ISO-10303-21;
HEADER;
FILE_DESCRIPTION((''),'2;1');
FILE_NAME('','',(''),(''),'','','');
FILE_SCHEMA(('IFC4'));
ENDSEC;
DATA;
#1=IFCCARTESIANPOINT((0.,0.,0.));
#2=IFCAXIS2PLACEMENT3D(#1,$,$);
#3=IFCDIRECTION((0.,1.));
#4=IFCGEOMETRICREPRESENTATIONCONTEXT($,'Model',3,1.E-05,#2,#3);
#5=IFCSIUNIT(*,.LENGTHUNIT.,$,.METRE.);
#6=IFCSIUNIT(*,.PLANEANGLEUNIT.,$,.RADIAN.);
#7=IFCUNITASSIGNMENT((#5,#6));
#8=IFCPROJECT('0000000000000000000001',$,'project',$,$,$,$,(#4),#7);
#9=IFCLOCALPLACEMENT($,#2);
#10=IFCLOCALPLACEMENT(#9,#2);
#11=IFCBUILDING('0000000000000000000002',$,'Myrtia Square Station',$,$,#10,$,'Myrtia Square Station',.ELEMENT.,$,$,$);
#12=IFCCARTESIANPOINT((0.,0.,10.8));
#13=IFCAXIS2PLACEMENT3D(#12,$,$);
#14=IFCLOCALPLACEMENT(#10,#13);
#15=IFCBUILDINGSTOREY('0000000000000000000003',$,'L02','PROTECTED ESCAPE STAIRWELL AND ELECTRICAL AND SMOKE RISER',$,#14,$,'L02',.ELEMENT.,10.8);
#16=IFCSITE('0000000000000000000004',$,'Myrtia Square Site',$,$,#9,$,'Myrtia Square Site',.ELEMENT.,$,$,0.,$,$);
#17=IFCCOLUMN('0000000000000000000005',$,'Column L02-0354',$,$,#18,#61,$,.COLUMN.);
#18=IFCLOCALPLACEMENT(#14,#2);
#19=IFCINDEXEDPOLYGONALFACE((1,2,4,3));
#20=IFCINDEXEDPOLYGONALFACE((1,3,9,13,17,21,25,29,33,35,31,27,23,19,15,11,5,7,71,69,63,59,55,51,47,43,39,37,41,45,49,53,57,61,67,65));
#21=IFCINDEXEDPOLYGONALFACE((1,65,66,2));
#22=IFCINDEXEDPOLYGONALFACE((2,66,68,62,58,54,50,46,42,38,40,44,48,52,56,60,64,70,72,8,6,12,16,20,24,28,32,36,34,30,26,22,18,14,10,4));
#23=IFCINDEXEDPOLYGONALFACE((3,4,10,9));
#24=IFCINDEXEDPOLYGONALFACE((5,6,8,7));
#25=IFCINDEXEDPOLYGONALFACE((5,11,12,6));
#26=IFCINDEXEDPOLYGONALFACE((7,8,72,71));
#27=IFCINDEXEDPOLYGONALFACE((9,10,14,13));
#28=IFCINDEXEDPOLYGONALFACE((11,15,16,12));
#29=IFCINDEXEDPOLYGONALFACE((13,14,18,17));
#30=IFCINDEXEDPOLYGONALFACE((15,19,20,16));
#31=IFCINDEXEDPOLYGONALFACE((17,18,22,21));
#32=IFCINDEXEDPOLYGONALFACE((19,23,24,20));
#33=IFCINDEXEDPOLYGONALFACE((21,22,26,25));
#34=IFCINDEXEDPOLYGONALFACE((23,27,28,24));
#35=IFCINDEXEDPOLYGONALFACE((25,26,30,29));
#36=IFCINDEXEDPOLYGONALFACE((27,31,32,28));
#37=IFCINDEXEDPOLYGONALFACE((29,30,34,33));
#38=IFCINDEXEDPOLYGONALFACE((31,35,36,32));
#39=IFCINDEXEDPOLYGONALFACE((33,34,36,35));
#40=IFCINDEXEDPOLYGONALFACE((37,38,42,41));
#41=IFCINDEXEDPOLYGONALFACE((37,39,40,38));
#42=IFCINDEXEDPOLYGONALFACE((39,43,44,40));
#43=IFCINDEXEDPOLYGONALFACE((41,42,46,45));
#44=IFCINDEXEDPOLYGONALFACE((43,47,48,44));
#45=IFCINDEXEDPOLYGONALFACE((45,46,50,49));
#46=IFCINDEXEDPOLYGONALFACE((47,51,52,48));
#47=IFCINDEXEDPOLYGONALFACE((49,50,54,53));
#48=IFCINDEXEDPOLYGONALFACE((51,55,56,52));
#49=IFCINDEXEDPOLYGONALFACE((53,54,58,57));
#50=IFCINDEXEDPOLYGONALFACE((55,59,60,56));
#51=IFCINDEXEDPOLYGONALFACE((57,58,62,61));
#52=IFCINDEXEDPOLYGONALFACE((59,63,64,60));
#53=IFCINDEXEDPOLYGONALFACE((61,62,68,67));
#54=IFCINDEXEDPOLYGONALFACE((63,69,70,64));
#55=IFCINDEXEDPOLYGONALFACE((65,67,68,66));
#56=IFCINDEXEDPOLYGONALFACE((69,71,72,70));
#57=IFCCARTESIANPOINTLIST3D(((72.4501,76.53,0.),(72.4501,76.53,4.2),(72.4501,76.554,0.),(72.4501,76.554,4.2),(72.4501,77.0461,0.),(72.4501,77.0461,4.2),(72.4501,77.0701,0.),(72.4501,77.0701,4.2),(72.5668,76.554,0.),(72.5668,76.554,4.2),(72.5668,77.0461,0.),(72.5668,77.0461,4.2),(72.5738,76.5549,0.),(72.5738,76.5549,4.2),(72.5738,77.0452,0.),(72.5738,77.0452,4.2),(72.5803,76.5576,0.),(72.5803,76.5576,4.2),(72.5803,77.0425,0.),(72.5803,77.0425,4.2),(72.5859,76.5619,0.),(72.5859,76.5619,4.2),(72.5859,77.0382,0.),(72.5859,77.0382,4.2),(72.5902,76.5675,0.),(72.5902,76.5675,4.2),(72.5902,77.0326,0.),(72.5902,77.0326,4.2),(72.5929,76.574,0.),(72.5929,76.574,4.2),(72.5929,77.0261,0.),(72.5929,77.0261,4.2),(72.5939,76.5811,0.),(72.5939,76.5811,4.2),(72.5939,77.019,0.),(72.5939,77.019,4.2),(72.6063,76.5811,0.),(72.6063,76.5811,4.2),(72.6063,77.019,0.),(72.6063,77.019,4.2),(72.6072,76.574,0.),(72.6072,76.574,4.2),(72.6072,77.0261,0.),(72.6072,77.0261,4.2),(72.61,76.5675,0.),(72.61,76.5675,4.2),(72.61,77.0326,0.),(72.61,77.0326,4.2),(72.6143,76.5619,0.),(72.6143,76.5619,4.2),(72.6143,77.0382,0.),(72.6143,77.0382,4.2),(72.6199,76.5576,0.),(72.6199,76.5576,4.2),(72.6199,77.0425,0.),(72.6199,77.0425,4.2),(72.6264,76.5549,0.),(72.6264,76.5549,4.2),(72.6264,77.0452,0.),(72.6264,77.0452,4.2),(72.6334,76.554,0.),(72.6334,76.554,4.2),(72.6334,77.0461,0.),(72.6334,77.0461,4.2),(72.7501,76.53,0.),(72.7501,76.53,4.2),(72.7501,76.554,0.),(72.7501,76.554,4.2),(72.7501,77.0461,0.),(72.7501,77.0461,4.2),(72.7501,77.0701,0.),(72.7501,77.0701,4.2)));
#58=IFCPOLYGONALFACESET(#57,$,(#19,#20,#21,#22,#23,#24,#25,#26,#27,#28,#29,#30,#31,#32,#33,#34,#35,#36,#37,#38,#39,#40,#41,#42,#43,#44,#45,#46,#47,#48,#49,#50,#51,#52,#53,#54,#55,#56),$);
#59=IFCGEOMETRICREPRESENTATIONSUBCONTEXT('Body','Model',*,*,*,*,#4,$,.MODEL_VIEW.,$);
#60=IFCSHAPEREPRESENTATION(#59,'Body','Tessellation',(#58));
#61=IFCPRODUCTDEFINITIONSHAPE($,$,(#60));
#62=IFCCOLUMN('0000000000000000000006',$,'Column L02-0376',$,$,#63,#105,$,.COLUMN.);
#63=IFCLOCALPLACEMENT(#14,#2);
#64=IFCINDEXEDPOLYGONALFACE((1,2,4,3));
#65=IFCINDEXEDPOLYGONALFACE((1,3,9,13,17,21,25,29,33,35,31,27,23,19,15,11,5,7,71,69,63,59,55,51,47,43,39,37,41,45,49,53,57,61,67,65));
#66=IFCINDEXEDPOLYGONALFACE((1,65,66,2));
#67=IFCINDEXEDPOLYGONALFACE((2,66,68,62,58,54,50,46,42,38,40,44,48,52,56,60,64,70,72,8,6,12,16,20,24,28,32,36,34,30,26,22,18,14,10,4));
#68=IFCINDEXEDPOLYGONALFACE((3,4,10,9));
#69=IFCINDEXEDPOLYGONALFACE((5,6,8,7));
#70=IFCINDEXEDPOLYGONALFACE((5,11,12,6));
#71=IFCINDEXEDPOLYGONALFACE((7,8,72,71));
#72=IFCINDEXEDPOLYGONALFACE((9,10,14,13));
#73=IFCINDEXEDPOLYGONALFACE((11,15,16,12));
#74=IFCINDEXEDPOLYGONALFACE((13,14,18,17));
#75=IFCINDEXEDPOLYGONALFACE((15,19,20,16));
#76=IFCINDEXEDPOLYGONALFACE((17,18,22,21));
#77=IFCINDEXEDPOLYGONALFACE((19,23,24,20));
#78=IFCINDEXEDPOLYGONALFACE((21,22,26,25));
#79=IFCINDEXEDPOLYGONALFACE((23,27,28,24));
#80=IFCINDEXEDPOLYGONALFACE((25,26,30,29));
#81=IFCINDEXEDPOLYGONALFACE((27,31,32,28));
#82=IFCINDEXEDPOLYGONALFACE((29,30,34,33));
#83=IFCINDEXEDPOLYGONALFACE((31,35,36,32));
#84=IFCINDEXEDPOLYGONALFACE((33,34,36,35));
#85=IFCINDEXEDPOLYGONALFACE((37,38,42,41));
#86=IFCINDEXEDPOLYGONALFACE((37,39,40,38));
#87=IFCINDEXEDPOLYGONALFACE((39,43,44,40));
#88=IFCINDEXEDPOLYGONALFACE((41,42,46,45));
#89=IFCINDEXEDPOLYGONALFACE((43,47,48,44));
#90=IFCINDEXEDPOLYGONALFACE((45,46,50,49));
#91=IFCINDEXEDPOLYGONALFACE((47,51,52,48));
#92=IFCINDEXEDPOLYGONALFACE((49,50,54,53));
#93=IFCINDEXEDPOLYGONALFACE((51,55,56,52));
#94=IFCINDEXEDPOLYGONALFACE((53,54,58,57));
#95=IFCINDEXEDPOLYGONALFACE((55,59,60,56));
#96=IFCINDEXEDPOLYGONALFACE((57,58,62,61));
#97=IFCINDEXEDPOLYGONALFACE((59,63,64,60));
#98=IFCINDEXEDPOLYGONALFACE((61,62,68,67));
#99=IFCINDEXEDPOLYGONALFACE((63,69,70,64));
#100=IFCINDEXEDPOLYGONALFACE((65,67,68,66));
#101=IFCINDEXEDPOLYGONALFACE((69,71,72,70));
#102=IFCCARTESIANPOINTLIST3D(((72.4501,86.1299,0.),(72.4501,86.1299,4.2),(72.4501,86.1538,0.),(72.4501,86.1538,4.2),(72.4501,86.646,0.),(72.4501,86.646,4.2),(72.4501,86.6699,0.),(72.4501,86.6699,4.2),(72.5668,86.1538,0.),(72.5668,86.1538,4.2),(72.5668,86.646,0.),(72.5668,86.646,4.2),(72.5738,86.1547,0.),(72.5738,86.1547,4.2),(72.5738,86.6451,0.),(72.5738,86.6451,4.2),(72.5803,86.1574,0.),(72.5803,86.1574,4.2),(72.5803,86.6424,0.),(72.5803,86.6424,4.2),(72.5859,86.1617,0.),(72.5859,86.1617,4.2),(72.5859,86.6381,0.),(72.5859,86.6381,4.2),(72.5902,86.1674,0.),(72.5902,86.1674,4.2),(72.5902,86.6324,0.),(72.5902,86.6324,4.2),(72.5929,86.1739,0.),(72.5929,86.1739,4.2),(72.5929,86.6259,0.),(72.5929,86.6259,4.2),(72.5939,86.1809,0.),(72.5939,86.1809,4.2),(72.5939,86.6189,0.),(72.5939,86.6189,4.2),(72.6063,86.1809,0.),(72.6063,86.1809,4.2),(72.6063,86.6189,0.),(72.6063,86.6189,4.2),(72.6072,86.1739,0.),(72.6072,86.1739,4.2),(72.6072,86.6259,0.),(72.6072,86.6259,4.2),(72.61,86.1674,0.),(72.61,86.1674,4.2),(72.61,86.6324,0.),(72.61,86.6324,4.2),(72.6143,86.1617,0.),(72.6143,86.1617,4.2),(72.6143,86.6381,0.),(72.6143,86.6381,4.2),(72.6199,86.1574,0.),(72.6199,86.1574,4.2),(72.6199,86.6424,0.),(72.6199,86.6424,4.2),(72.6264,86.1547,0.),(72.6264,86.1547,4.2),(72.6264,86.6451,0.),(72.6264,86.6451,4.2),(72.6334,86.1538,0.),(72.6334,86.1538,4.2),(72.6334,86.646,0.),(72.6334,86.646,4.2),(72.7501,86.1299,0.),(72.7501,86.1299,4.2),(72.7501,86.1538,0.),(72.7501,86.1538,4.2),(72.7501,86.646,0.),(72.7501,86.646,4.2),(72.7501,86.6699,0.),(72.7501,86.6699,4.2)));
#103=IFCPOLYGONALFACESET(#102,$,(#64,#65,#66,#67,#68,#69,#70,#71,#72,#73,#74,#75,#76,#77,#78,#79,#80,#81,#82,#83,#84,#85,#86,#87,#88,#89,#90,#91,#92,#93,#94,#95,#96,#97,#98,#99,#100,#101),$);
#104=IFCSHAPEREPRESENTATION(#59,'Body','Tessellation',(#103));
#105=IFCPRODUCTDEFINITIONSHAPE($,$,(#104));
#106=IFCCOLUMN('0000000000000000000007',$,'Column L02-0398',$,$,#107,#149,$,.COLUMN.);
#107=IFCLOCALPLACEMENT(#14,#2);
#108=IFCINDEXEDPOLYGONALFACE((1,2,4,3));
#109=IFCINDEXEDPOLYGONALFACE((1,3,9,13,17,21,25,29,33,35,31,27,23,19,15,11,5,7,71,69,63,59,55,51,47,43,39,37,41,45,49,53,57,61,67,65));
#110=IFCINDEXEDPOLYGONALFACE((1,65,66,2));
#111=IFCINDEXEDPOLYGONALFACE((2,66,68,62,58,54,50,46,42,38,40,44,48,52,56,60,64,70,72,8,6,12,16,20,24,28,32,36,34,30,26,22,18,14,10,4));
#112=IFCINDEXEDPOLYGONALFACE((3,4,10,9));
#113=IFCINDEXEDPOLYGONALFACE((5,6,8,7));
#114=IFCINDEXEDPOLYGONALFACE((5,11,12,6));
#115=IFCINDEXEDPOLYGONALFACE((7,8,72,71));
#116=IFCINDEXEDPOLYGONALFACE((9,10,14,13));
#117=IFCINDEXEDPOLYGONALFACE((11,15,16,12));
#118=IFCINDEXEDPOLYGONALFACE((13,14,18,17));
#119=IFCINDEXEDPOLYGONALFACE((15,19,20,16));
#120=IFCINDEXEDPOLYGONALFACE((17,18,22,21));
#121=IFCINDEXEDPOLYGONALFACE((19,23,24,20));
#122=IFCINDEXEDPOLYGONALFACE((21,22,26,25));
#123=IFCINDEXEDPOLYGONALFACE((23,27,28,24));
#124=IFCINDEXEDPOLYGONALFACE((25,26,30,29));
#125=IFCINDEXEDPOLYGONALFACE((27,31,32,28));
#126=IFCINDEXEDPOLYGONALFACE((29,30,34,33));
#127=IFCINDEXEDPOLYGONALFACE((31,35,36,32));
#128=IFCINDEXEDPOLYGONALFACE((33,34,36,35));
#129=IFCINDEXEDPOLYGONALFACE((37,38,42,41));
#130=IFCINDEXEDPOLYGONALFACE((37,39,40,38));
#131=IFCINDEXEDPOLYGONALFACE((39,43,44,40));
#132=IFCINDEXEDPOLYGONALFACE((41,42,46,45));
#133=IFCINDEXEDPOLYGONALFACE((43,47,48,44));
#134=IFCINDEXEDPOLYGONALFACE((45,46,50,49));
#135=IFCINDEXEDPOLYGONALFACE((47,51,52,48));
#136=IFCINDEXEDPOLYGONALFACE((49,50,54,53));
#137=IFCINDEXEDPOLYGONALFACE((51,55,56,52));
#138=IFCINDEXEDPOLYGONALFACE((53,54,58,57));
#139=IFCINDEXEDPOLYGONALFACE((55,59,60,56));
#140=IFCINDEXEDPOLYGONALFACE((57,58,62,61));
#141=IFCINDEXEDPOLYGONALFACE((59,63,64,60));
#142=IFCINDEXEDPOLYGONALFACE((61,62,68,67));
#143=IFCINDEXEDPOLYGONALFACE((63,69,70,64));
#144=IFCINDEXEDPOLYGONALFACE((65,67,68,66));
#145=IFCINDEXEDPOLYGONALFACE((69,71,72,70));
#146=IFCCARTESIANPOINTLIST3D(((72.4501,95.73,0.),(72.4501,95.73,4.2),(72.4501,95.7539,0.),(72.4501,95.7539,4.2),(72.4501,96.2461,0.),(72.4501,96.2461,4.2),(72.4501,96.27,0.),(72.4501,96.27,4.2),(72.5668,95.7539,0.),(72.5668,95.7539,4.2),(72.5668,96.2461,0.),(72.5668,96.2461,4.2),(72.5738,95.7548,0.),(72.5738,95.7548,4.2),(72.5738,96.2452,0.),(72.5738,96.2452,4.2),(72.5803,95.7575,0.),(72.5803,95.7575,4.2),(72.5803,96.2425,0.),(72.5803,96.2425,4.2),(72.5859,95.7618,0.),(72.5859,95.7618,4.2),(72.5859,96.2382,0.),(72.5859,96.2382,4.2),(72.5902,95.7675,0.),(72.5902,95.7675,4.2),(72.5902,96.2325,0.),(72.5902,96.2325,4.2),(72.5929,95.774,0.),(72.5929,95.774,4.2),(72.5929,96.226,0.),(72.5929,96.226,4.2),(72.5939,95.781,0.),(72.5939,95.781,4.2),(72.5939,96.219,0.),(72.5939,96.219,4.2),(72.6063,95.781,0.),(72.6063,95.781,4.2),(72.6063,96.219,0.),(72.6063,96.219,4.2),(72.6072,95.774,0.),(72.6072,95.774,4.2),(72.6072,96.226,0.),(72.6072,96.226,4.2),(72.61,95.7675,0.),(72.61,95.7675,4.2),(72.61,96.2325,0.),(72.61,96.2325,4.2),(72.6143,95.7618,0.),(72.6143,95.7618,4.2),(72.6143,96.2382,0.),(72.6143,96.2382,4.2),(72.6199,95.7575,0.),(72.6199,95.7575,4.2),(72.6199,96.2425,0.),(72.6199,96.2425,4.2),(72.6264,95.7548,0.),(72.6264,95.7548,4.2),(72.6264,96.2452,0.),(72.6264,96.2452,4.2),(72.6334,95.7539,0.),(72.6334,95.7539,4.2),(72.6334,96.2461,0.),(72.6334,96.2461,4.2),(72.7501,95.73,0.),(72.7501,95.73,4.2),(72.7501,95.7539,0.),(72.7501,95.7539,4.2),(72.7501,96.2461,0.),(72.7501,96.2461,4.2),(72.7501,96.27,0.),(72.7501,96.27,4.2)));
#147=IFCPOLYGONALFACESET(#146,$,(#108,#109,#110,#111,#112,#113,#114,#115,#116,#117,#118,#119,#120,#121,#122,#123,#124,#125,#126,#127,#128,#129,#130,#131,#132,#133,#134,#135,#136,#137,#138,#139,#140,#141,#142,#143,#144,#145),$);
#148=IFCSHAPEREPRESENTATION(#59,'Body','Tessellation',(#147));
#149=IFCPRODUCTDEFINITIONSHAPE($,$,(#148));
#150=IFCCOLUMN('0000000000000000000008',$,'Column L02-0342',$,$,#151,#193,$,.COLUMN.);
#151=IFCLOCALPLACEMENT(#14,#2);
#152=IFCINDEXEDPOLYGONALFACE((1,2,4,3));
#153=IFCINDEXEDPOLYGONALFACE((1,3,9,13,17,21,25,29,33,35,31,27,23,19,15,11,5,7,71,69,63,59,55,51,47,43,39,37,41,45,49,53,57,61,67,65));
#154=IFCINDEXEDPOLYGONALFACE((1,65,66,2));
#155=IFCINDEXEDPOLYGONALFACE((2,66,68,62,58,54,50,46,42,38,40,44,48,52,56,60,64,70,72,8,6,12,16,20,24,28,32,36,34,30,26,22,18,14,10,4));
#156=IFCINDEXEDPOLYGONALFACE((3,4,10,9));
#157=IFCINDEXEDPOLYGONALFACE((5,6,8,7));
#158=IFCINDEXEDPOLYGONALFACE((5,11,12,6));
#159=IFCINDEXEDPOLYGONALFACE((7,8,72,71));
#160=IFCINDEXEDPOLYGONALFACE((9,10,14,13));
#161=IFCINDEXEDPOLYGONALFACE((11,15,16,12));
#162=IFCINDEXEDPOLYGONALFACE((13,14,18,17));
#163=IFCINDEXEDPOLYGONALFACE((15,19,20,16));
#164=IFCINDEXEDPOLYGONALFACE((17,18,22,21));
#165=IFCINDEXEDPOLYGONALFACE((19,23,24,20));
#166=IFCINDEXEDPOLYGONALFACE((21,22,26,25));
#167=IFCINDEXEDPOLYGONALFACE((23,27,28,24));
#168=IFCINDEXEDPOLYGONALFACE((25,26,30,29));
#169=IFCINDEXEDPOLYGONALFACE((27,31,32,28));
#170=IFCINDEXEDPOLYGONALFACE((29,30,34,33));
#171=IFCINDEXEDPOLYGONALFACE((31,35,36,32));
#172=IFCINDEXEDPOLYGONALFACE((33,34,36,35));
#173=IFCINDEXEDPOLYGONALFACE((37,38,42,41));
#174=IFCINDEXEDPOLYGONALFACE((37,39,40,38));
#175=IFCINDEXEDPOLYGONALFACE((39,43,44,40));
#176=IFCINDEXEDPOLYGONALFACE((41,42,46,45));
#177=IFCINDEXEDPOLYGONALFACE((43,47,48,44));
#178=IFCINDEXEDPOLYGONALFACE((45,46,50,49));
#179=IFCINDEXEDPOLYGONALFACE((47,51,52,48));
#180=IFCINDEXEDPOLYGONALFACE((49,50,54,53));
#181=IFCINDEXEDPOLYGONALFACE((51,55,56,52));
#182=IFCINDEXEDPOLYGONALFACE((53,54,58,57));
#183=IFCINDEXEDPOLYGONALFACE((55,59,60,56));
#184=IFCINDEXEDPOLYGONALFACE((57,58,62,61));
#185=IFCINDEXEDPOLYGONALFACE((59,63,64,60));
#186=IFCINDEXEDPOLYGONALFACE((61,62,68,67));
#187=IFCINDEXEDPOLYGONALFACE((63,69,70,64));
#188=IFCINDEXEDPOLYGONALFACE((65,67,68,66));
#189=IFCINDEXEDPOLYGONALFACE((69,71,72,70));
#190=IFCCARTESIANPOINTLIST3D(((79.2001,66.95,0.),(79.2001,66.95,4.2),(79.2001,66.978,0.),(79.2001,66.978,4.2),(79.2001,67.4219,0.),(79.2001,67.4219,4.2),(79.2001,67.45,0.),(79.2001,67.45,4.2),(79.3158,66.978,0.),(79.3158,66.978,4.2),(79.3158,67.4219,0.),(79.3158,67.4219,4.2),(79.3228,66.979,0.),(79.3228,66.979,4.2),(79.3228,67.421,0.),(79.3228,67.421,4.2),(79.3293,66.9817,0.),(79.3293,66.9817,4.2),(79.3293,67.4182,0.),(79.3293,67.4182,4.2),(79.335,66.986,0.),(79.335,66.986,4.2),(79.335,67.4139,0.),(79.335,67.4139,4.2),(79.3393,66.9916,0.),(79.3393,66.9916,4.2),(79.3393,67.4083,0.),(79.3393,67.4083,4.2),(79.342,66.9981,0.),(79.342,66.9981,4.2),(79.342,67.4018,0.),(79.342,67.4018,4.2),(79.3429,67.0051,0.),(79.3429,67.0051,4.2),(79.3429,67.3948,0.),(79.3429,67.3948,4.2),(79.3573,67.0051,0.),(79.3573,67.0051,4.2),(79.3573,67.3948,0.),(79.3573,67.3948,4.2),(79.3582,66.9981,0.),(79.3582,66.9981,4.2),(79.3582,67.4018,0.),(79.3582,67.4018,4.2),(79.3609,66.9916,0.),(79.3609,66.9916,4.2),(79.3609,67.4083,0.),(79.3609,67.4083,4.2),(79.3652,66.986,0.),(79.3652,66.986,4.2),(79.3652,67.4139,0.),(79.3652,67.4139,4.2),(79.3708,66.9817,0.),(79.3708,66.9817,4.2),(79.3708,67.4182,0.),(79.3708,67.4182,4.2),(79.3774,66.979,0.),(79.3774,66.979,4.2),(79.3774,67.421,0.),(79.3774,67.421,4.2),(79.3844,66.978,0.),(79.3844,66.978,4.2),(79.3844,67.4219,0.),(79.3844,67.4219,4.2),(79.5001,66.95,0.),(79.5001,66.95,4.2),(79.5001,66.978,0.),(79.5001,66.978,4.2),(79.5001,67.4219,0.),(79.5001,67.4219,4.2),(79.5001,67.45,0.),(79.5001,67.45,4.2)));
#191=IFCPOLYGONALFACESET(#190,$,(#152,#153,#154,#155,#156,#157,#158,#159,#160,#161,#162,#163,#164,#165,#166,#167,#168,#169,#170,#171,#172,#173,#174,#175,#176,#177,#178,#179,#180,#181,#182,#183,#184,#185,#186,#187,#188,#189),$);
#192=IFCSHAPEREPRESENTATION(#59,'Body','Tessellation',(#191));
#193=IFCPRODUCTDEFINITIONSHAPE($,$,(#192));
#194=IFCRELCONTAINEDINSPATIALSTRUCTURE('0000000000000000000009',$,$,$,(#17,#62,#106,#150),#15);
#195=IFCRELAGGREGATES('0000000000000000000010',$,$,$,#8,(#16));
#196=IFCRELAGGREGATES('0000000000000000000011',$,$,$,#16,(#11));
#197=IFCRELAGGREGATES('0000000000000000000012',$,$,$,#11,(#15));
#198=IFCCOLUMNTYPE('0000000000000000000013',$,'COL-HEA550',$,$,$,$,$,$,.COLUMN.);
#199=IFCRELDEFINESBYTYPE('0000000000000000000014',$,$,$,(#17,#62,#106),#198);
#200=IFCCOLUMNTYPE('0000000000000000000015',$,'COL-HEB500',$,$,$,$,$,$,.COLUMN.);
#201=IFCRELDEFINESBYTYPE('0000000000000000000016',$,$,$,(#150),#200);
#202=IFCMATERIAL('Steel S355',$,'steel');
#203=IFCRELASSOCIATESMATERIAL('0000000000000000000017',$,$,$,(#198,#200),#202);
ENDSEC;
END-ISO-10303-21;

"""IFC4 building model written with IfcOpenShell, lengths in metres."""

from ifc_helpers import new_model, si_unit, direction, frame, origin, origin_2d, place, context, subcontext, project, spatial, i_section, extrude, material, material_profile, profile_set, type_object, element, save


model = new_model("IFC4")

# Units and contexts
model_context = context("Model", 3, precision=1e-05, world=origin(), true_north=direction((0.0, 1.0)))
body_context = subcontext(model_context, "Body", "Model", "MODEL_VIEW")
ifc_project = project(units=[si_unit("LENGTHUNIT", "METRE"), si_unit("PLANEANGLEUNIT", "RADIAN")], contexts=[model_context])

# Site, building, storey
site_placement = place(None, origin())
site = spatial("IfcSite", under=ifc_project, at=site_placement, Name="Myrtia Square Site", LongName="Myrtia Square Site", CompositionType="ELEMENT", RefElevation=0.0)
building_placement = place(site_placement, origin())
building = spatial("IfcBuilding", under=site, at=building_placement, Name="Myrtia Square Station", LongName="Myrtia Square Station", CompositionType="ELEMENT")
storey_placement = place(building_placement, frame((0.0, 0.0, 10.8)))
storey = spatial("IfcBuildingStorey", under=building, at=storey_placement, Name="L02", Description="PROTECTED ESCAPE STAIRWELL AND ELECTRICAL AND SMOKE RISER", LongName="L02", CompositionType="ELEMENT", Elevation=10.8)

# Columns
ifc_material_1 = material(Name="Steel S355", Category="steel")
ifc_material_profile_1 = material_profile(ifc_material_1, i_section(OverallWidth=0.3, OverallDepth=0.54, WebThickness=0.0125, FlangeThickness=0.0239, FilletRadius=0.0271, at=origin_2d()), Name="HEA 550")
ifc_profile_set_1 = profile_set([ifc_material_profile_1], Name="Steel S355")
column_type_1 = type_object("IfcColumnType", Name="COL-HEA550", PredefinedType="COLUMN", material=ifc_profile_set_1)
for number, where, z_axis, x_axis, name in (
    (1, (72.6001, 76.8, 0.0), (0.0, 0.0, 1.0), (1.0, 0.0, 0.0), "Column L02-0354"),
    (2, (72.6001, 86.3999, 0.0), (0.0, 0.0, 1.0), (1.0, 0.0, 0.0), "Column L02-0376"),
    (3, (72.6001, 96.0, 0.0), (0.0, 0.0, 1.0), (1.0, 0.0, 0.0), "Column L02-0398"),
):
    element("IfcColumn", number, at=place(storey_placement, frame(where, z_axis=z_axis, x_axis=x_axis)), inside=storey, type_object=column_type_1, Name=name, PredefinedType="COLUMN", context=body_context, shape_type="SweptSolid", body=[
        extrude(i_section(OverallWidth=0.3, OverallDepth=0.54, WebThickness=0.0125, FlangeThickness=0.0239, FilletRadius=0.0271, at=origin_2d()), origin(), (0.0, 0.0, 1.0), 4.2),
    ])
ifc_material_profile_2 = material_profile(ifc_material_1, i_section(OverallWidth=0.3, OverallDepth=0.5, WebThickness=0.0144, FlangeThickness=0.0281, FilletRadius=0.0271, at=origin_2d()), Name="HEB 500")
ifc_profile_set_2 = profile_set([ifc_material_profile_2], Name="Steel S355")
column_type_2 = type_object("IfcColumnType", Name="COL-HEB500", PredefinedType="COLUMN", material=ifc_profile_set_2)
column_placement = place(storey_placement, frame((79.3501, 67.2, 0.0), z_axis=(0.0, 0.0, 1.0), x_axis=(1.0, 0.0, 0.0)))
element("IfcColumn", 4, at=column_placement, inside=storey, type_object=column_type_2, Name="Column L02-0342", PredefinedType="COLUMN", context=body_context, shape_type="SweptSolid", body=[
    extrude(i_section(OverallWidth=0.3, OverallDepth=0.5, WebThickness=0.0144, FlangeThickness=0.0281, FilletRadius=0.0271, at=origin_2d()), origin(), (0.0, 0.0, 1.0), 4.2),
])

save(model, "model.ifc")
